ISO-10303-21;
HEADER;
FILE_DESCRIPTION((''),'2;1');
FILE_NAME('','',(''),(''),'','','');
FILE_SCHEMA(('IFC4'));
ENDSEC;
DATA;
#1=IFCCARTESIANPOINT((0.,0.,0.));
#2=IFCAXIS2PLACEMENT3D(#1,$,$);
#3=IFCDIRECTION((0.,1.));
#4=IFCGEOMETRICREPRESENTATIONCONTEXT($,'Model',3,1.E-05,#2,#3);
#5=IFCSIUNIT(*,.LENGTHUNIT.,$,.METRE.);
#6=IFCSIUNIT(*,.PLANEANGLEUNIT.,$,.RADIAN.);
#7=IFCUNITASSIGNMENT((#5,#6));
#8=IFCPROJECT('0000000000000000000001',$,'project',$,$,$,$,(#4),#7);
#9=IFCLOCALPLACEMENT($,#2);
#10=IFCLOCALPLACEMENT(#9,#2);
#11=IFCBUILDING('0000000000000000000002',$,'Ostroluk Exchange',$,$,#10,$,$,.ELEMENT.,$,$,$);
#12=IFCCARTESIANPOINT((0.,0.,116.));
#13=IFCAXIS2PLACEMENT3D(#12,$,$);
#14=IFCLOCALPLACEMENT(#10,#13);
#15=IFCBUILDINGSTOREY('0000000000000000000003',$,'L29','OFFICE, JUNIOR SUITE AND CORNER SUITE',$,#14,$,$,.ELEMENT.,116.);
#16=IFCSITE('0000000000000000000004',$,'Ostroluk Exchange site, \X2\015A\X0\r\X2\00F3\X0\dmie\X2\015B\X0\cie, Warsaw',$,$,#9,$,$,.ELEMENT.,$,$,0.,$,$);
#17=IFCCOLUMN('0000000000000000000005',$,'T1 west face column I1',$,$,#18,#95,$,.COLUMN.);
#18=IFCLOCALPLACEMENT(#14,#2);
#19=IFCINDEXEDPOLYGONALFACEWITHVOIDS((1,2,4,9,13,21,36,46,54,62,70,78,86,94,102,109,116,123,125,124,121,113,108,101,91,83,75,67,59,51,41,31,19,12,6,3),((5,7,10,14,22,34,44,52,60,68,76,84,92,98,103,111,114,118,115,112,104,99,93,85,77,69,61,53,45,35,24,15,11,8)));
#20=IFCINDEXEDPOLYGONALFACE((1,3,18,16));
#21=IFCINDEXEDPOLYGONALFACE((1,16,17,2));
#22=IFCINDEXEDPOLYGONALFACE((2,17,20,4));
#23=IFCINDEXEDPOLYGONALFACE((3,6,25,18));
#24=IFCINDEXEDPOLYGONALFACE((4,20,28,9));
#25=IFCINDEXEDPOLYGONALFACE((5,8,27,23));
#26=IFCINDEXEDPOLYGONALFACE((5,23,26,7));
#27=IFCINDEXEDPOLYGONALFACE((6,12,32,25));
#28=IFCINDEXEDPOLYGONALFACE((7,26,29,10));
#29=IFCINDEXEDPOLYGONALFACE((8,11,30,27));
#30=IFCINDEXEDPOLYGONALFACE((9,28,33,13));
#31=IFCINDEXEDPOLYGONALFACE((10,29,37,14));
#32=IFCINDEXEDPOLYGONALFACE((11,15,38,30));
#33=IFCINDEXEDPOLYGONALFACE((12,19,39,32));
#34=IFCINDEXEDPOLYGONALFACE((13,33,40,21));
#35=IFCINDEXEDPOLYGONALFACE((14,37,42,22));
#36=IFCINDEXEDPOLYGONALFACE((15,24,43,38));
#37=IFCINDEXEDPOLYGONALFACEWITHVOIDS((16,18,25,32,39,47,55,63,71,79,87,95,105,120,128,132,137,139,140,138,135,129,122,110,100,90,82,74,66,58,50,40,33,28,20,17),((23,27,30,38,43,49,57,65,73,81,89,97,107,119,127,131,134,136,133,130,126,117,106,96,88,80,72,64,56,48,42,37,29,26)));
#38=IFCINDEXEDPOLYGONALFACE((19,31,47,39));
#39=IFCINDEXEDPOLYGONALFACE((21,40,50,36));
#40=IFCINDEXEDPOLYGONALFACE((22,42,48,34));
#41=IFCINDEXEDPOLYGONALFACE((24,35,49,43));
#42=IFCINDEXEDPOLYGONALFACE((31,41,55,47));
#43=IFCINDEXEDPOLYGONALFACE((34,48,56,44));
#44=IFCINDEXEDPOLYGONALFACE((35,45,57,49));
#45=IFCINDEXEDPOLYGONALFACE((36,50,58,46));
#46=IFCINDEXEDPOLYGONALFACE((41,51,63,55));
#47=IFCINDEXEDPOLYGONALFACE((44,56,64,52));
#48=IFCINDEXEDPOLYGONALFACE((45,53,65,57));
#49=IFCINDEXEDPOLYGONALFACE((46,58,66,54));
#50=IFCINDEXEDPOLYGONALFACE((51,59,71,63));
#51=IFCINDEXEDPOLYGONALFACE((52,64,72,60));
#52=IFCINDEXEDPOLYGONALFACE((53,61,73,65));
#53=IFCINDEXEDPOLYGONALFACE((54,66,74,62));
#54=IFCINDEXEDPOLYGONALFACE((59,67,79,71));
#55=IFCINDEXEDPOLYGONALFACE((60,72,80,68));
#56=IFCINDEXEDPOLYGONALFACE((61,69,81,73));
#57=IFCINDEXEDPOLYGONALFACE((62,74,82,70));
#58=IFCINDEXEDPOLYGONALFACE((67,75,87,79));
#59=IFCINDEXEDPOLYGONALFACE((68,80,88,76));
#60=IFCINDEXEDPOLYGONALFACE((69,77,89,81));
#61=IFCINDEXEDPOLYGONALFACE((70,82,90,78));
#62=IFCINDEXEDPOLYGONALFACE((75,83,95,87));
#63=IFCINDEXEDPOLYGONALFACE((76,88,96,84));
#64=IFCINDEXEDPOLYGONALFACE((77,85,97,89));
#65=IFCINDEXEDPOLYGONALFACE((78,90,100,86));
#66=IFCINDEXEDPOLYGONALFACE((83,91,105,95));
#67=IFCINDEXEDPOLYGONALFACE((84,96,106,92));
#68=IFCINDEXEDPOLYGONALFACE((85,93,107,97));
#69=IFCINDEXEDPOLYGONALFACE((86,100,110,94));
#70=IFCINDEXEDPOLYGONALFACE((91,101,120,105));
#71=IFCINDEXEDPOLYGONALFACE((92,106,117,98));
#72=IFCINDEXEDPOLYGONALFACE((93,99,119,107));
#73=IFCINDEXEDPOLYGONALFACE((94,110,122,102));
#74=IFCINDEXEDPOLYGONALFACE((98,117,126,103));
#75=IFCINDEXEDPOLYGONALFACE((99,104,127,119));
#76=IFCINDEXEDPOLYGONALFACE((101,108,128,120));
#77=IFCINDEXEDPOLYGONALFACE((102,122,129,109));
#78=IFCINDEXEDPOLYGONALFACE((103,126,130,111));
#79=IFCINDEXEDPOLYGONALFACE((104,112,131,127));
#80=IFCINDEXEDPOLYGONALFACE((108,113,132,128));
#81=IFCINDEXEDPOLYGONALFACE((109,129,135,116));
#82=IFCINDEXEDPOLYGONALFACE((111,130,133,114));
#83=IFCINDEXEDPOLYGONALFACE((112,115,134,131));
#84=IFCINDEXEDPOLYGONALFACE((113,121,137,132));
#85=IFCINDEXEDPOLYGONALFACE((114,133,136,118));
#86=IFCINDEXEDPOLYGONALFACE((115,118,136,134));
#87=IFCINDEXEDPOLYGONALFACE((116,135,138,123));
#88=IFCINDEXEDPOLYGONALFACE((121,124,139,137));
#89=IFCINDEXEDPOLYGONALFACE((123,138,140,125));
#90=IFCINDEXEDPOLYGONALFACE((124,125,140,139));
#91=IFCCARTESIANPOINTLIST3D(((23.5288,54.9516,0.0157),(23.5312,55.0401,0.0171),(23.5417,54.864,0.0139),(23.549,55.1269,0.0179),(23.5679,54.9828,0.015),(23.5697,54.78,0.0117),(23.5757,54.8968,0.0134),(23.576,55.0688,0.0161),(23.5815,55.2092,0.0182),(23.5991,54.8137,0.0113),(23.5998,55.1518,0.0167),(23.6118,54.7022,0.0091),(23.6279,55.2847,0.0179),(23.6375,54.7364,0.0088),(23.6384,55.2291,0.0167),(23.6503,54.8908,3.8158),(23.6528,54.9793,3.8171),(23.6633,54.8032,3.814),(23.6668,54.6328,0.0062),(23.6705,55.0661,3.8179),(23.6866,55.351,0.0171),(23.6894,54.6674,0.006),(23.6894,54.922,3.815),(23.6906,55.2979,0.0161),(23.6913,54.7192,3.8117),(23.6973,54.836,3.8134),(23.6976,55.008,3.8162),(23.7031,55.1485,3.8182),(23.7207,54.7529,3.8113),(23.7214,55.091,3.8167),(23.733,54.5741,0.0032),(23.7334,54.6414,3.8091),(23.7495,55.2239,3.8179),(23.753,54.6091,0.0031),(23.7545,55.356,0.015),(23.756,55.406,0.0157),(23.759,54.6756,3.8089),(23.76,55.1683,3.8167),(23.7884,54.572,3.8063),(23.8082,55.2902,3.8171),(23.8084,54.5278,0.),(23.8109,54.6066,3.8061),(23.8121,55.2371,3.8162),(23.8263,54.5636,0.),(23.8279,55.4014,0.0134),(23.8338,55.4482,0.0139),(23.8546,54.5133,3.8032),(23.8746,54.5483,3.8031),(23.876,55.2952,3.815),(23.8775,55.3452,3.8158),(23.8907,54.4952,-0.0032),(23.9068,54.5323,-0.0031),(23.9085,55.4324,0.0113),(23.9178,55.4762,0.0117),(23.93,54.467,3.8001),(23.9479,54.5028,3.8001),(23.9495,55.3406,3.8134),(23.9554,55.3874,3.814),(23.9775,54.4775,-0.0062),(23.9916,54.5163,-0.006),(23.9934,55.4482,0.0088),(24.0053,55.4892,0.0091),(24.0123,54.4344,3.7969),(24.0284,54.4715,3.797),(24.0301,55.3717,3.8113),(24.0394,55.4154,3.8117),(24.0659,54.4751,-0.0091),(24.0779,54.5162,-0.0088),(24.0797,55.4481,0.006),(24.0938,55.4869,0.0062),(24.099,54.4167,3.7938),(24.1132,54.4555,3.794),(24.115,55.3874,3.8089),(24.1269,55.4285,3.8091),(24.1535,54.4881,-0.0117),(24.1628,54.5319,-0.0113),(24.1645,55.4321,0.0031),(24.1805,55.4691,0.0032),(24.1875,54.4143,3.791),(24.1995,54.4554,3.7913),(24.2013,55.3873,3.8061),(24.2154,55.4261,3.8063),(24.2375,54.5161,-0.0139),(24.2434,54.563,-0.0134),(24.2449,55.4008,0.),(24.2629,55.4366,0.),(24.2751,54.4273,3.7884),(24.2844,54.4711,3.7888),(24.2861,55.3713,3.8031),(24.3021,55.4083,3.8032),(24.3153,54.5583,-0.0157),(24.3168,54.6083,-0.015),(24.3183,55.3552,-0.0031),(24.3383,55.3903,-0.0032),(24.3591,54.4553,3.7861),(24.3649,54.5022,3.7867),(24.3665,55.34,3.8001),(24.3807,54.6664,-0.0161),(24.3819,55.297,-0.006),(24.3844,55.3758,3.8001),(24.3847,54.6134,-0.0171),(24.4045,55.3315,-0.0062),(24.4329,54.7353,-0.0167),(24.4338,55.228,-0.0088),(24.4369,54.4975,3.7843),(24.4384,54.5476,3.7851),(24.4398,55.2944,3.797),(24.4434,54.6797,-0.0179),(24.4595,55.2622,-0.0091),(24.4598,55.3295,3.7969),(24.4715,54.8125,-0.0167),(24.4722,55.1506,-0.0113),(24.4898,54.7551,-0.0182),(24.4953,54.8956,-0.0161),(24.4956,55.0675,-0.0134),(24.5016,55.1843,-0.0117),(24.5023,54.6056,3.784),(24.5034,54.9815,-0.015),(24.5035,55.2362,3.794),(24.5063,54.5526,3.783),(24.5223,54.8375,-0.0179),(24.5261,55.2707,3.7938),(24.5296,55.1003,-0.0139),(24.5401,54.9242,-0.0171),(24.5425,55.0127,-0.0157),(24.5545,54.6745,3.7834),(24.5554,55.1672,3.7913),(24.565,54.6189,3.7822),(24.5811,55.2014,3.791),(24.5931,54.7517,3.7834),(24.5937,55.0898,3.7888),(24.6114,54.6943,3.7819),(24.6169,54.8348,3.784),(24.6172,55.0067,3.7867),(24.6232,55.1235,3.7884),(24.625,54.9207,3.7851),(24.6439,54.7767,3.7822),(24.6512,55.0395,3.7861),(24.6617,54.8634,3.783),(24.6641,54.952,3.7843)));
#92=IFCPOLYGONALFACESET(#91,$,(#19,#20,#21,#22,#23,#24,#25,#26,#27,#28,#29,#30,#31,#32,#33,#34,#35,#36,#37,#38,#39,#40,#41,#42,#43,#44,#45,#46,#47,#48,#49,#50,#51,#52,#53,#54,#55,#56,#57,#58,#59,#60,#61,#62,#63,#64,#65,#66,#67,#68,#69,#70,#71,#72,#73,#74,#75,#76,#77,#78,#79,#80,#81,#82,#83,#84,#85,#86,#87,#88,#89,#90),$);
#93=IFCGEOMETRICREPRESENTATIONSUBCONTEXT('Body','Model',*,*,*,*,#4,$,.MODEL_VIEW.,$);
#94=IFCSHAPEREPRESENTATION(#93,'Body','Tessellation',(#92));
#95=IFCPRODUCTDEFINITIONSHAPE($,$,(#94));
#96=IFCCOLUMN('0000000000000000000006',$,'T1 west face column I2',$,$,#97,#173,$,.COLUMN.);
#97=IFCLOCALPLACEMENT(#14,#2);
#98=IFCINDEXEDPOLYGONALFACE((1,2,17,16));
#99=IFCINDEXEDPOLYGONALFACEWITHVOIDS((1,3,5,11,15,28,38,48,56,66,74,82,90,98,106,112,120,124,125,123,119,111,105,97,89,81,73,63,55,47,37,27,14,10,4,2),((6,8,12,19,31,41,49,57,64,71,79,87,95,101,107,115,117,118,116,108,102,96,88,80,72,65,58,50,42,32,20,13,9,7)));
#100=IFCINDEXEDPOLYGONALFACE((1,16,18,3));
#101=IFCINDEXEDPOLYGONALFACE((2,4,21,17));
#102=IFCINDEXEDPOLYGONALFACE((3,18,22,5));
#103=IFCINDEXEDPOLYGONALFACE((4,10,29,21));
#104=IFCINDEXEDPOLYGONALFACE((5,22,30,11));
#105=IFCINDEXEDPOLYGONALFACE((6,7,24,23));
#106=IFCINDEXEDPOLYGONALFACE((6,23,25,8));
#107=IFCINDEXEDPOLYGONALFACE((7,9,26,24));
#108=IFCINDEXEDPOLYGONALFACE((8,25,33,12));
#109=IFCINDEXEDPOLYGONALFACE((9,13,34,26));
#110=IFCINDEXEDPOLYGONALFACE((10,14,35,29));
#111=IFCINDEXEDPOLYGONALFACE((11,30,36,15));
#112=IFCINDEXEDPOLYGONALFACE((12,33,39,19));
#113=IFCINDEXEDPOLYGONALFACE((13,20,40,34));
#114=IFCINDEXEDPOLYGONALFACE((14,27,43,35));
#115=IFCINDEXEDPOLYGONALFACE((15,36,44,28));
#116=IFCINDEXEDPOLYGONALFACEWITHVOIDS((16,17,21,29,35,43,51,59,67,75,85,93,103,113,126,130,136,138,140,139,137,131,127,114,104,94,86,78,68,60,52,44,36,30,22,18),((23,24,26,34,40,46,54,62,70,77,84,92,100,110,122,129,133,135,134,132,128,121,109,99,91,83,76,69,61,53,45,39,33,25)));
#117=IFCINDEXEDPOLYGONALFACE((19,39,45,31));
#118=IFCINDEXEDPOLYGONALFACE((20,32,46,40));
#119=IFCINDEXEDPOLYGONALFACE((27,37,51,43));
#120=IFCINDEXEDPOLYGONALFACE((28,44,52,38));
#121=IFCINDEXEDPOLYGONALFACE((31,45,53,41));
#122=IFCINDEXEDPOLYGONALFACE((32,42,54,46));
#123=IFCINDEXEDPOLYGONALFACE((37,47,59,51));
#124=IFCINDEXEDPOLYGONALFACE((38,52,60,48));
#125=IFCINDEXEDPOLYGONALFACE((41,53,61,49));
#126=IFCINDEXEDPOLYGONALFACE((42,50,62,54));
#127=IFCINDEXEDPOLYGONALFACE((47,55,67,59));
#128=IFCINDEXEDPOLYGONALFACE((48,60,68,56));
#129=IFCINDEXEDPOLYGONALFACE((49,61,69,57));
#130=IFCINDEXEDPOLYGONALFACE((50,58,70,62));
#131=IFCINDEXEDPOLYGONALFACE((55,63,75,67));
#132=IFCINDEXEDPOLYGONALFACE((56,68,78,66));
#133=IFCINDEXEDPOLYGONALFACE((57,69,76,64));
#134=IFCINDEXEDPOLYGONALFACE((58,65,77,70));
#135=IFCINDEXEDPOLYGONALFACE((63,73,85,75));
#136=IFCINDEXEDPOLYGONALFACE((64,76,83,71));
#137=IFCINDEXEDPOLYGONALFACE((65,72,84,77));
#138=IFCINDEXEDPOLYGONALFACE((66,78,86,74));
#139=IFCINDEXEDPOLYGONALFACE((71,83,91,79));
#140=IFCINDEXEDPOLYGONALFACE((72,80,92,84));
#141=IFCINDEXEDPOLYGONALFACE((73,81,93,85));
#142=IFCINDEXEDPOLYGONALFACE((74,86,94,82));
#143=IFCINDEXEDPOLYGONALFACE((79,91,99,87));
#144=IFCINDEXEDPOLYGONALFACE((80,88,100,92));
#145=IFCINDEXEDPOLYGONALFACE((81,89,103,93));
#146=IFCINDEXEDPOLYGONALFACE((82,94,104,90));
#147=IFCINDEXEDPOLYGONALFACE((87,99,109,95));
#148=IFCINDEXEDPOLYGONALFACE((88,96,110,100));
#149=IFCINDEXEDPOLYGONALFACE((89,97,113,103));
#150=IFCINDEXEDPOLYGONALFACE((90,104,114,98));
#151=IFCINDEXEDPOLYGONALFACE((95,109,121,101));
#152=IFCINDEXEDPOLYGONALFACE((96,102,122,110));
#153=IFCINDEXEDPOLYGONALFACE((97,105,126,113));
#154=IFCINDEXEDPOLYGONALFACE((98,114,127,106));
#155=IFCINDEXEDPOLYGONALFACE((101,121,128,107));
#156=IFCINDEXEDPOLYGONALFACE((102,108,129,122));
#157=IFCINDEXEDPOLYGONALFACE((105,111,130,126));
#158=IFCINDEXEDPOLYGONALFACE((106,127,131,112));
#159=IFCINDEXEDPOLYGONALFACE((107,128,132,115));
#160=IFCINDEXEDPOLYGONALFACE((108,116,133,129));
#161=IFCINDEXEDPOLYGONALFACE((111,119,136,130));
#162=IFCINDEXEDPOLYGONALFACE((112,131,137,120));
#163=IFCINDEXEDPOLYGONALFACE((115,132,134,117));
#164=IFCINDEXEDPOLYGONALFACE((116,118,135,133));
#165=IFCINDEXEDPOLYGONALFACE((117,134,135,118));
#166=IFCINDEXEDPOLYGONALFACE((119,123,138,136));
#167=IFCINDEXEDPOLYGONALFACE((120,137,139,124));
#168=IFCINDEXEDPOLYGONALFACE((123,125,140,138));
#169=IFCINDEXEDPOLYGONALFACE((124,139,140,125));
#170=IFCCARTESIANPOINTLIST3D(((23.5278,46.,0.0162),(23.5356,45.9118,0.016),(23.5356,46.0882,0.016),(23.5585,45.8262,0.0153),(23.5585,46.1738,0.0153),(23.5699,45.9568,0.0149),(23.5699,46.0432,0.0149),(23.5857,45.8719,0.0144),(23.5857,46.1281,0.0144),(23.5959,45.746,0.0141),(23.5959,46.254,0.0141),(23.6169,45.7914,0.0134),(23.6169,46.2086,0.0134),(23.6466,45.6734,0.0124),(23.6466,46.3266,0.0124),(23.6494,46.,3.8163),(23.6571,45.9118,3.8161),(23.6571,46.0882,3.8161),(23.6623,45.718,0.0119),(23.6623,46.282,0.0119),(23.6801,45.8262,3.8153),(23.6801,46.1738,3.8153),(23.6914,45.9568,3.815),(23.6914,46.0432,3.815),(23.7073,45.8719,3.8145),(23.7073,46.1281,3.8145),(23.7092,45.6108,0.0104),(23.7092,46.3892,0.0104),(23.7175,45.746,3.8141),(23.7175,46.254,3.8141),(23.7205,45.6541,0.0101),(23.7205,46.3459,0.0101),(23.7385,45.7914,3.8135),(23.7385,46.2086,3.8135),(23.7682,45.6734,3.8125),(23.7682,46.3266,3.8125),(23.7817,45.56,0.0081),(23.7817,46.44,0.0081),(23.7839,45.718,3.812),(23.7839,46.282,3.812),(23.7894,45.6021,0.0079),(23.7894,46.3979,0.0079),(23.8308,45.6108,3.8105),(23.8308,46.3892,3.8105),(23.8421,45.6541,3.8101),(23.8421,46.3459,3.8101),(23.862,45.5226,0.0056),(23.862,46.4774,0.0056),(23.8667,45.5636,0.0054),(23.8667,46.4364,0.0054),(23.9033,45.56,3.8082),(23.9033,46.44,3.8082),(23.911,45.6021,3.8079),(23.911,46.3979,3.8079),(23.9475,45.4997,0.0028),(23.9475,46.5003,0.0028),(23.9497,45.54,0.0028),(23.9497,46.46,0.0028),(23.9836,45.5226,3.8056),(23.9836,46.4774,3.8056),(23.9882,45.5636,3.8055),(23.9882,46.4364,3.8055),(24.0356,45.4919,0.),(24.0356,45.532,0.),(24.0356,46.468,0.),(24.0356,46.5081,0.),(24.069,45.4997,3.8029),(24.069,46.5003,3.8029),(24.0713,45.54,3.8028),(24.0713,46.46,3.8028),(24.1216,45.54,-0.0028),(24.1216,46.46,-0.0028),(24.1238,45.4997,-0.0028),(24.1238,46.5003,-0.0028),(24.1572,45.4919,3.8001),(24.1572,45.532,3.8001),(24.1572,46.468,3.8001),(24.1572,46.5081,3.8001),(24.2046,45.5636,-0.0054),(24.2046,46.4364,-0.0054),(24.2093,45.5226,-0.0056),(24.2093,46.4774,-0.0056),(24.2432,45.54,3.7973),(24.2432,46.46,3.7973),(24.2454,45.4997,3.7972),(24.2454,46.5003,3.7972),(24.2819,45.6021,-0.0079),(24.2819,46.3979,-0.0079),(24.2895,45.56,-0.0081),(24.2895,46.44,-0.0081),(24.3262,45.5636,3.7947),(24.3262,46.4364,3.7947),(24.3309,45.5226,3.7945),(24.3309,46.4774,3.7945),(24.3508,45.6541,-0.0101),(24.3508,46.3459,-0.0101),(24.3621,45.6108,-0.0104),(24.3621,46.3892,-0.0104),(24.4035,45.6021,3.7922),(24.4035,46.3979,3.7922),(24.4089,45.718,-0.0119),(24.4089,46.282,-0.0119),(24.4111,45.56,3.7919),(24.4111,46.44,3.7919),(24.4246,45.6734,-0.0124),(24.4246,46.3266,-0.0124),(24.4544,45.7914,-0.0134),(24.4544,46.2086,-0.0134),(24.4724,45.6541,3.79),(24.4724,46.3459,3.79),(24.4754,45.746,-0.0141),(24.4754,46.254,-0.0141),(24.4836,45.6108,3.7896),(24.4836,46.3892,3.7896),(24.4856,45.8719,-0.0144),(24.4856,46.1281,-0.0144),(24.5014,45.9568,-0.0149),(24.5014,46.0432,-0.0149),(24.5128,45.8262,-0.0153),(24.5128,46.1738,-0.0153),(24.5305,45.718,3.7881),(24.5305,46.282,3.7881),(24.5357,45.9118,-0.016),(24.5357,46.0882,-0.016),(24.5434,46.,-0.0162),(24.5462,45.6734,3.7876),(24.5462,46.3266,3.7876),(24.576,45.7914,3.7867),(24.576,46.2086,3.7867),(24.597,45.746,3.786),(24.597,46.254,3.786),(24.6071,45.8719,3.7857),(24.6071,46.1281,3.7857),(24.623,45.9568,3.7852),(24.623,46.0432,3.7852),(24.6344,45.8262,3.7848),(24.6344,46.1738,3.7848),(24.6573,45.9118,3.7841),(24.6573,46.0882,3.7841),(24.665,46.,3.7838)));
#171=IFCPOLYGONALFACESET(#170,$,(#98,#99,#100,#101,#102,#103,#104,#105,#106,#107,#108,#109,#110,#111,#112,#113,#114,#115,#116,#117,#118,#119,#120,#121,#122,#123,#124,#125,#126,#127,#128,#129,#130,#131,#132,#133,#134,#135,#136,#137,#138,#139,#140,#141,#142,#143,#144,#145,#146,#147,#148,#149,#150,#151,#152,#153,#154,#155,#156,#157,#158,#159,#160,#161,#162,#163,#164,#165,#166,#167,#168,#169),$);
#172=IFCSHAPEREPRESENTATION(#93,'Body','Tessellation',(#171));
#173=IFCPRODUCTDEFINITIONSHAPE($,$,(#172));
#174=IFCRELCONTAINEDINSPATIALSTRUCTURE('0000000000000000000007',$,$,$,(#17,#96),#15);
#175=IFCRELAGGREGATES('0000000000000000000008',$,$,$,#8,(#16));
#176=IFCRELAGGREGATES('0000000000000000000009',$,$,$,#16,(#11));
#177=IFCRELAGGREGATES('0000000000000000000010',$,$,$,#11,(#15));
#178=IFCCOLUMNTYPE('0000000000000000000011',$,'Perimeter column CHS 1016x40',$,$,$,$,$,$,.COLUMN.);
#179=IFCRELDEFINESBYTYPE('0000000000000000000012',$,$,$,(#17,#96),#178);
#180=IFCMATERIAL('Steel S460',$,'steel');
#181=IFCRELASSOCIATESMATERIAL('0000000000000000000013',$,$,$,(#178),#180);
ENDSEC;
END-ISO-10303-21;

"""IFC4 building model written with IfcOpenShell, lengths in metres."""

from ifc_helpers import new_model, si_unit, direction, frame, origin, origin_2d, place, context, subcontext, project, spatial, hollow_circle, extrude, material, material_profile, profile_set, type_object, element, save


model = new_model("IFC4")

# Units and contexts
model_context = context("Model", 3, precision=1e-05, world=origin(), true_north=direction((0.0, 1.0)))
body_context = subcontext(model_context, "Body", "Model", "MODEL_VIEW")
ifc_project = project(units=[si_unit("LENGTHUNIT", "METRE"), si_unit("PLANEANGLEUNIT", "RADIAN")], contexts=[model_context])

# Site, building, storey
site_placement = place(None, origin())
site = spatial("IfcSite", under=ifc_project, at=site_placement, Name="Ostroluk Exchange site, Śródmieście, Warsaw", CompositionType="ELEMENT", RefElevation=0.0)
building_placement = place(site_placement, origin())
building = spatial("IfcBuilding", under=site, at=building_placement, Name="Ostroluk Exchange", CompositionType="ELEMENT")
storey_placement = place(building_placement, frame((0.0, 0.0, 116.0)))
storey = spatial("IfcBuildingStorey", under=building, at=storey_placement, Name="L29", Description="OFFICE, JUNIOR SUITE AND CORNER SUITE", CompositionType="ELEMENT", Elevation=116.0)

# Columns
ifc_material_1 = material(Name="Steel S460", Category="steel")
ifc_material_profile_1 = material_profile(ifc_material_1, hollow_circle(Radius=0.5081, WallThickness=0.04, at=origin_2d()), Name="CHS 1016x40")
ifc_profile_set_1 = profile_set([ifc_material_profile_1], Name="Steel S460")
column_type = type_object("IfcColumnType", Name="Perimeter column CHS 1016x40", PredefinedType="COLUMN", material=ifc_profile_set_1)
column_1_placement = place(storey_placement, frame((24.0356, 54.9822, 0.0), z_axis=(0.031974, -0.015987, 0.999361), x_axis=(0.447214, 0.894427, 0.0)))
element("IfcColumn", 1, at=column_1_placement, inside=storey, type_object=column_type, Name="T1 west face column I1", PredefinedType="COLUMN", context=body_context, shape_type="SweptSolid", body=[
    extrude(hollow_circle(Radius=0.5081, WallThickness=0.04, at=origin_2d()), origin(), (0.0, 0.0, 1.0), 3.8025),
])
column_2_placement = place(storey_placement, frame((24.0356, 46.0, 0.0), z_axis=(0.031978, 0.0, 0.999489), x_axis=(0.0, 1.0, 0.0)))
element("IfcColumn", 2, at=column_2_placement, inside=storey, type_object=column_type, Name="T1 west face column I2", PredefinedType="COLUMN", context=body_context, shape_type="SweptSolid", body=[
    extrude(hollow_circle(Radius=0.5081, WallThickness=0.04, at=origin_2d()), origin(), (0.0, 0.0, 1.0), 3.802),
])

save(model, "model.ifc")
